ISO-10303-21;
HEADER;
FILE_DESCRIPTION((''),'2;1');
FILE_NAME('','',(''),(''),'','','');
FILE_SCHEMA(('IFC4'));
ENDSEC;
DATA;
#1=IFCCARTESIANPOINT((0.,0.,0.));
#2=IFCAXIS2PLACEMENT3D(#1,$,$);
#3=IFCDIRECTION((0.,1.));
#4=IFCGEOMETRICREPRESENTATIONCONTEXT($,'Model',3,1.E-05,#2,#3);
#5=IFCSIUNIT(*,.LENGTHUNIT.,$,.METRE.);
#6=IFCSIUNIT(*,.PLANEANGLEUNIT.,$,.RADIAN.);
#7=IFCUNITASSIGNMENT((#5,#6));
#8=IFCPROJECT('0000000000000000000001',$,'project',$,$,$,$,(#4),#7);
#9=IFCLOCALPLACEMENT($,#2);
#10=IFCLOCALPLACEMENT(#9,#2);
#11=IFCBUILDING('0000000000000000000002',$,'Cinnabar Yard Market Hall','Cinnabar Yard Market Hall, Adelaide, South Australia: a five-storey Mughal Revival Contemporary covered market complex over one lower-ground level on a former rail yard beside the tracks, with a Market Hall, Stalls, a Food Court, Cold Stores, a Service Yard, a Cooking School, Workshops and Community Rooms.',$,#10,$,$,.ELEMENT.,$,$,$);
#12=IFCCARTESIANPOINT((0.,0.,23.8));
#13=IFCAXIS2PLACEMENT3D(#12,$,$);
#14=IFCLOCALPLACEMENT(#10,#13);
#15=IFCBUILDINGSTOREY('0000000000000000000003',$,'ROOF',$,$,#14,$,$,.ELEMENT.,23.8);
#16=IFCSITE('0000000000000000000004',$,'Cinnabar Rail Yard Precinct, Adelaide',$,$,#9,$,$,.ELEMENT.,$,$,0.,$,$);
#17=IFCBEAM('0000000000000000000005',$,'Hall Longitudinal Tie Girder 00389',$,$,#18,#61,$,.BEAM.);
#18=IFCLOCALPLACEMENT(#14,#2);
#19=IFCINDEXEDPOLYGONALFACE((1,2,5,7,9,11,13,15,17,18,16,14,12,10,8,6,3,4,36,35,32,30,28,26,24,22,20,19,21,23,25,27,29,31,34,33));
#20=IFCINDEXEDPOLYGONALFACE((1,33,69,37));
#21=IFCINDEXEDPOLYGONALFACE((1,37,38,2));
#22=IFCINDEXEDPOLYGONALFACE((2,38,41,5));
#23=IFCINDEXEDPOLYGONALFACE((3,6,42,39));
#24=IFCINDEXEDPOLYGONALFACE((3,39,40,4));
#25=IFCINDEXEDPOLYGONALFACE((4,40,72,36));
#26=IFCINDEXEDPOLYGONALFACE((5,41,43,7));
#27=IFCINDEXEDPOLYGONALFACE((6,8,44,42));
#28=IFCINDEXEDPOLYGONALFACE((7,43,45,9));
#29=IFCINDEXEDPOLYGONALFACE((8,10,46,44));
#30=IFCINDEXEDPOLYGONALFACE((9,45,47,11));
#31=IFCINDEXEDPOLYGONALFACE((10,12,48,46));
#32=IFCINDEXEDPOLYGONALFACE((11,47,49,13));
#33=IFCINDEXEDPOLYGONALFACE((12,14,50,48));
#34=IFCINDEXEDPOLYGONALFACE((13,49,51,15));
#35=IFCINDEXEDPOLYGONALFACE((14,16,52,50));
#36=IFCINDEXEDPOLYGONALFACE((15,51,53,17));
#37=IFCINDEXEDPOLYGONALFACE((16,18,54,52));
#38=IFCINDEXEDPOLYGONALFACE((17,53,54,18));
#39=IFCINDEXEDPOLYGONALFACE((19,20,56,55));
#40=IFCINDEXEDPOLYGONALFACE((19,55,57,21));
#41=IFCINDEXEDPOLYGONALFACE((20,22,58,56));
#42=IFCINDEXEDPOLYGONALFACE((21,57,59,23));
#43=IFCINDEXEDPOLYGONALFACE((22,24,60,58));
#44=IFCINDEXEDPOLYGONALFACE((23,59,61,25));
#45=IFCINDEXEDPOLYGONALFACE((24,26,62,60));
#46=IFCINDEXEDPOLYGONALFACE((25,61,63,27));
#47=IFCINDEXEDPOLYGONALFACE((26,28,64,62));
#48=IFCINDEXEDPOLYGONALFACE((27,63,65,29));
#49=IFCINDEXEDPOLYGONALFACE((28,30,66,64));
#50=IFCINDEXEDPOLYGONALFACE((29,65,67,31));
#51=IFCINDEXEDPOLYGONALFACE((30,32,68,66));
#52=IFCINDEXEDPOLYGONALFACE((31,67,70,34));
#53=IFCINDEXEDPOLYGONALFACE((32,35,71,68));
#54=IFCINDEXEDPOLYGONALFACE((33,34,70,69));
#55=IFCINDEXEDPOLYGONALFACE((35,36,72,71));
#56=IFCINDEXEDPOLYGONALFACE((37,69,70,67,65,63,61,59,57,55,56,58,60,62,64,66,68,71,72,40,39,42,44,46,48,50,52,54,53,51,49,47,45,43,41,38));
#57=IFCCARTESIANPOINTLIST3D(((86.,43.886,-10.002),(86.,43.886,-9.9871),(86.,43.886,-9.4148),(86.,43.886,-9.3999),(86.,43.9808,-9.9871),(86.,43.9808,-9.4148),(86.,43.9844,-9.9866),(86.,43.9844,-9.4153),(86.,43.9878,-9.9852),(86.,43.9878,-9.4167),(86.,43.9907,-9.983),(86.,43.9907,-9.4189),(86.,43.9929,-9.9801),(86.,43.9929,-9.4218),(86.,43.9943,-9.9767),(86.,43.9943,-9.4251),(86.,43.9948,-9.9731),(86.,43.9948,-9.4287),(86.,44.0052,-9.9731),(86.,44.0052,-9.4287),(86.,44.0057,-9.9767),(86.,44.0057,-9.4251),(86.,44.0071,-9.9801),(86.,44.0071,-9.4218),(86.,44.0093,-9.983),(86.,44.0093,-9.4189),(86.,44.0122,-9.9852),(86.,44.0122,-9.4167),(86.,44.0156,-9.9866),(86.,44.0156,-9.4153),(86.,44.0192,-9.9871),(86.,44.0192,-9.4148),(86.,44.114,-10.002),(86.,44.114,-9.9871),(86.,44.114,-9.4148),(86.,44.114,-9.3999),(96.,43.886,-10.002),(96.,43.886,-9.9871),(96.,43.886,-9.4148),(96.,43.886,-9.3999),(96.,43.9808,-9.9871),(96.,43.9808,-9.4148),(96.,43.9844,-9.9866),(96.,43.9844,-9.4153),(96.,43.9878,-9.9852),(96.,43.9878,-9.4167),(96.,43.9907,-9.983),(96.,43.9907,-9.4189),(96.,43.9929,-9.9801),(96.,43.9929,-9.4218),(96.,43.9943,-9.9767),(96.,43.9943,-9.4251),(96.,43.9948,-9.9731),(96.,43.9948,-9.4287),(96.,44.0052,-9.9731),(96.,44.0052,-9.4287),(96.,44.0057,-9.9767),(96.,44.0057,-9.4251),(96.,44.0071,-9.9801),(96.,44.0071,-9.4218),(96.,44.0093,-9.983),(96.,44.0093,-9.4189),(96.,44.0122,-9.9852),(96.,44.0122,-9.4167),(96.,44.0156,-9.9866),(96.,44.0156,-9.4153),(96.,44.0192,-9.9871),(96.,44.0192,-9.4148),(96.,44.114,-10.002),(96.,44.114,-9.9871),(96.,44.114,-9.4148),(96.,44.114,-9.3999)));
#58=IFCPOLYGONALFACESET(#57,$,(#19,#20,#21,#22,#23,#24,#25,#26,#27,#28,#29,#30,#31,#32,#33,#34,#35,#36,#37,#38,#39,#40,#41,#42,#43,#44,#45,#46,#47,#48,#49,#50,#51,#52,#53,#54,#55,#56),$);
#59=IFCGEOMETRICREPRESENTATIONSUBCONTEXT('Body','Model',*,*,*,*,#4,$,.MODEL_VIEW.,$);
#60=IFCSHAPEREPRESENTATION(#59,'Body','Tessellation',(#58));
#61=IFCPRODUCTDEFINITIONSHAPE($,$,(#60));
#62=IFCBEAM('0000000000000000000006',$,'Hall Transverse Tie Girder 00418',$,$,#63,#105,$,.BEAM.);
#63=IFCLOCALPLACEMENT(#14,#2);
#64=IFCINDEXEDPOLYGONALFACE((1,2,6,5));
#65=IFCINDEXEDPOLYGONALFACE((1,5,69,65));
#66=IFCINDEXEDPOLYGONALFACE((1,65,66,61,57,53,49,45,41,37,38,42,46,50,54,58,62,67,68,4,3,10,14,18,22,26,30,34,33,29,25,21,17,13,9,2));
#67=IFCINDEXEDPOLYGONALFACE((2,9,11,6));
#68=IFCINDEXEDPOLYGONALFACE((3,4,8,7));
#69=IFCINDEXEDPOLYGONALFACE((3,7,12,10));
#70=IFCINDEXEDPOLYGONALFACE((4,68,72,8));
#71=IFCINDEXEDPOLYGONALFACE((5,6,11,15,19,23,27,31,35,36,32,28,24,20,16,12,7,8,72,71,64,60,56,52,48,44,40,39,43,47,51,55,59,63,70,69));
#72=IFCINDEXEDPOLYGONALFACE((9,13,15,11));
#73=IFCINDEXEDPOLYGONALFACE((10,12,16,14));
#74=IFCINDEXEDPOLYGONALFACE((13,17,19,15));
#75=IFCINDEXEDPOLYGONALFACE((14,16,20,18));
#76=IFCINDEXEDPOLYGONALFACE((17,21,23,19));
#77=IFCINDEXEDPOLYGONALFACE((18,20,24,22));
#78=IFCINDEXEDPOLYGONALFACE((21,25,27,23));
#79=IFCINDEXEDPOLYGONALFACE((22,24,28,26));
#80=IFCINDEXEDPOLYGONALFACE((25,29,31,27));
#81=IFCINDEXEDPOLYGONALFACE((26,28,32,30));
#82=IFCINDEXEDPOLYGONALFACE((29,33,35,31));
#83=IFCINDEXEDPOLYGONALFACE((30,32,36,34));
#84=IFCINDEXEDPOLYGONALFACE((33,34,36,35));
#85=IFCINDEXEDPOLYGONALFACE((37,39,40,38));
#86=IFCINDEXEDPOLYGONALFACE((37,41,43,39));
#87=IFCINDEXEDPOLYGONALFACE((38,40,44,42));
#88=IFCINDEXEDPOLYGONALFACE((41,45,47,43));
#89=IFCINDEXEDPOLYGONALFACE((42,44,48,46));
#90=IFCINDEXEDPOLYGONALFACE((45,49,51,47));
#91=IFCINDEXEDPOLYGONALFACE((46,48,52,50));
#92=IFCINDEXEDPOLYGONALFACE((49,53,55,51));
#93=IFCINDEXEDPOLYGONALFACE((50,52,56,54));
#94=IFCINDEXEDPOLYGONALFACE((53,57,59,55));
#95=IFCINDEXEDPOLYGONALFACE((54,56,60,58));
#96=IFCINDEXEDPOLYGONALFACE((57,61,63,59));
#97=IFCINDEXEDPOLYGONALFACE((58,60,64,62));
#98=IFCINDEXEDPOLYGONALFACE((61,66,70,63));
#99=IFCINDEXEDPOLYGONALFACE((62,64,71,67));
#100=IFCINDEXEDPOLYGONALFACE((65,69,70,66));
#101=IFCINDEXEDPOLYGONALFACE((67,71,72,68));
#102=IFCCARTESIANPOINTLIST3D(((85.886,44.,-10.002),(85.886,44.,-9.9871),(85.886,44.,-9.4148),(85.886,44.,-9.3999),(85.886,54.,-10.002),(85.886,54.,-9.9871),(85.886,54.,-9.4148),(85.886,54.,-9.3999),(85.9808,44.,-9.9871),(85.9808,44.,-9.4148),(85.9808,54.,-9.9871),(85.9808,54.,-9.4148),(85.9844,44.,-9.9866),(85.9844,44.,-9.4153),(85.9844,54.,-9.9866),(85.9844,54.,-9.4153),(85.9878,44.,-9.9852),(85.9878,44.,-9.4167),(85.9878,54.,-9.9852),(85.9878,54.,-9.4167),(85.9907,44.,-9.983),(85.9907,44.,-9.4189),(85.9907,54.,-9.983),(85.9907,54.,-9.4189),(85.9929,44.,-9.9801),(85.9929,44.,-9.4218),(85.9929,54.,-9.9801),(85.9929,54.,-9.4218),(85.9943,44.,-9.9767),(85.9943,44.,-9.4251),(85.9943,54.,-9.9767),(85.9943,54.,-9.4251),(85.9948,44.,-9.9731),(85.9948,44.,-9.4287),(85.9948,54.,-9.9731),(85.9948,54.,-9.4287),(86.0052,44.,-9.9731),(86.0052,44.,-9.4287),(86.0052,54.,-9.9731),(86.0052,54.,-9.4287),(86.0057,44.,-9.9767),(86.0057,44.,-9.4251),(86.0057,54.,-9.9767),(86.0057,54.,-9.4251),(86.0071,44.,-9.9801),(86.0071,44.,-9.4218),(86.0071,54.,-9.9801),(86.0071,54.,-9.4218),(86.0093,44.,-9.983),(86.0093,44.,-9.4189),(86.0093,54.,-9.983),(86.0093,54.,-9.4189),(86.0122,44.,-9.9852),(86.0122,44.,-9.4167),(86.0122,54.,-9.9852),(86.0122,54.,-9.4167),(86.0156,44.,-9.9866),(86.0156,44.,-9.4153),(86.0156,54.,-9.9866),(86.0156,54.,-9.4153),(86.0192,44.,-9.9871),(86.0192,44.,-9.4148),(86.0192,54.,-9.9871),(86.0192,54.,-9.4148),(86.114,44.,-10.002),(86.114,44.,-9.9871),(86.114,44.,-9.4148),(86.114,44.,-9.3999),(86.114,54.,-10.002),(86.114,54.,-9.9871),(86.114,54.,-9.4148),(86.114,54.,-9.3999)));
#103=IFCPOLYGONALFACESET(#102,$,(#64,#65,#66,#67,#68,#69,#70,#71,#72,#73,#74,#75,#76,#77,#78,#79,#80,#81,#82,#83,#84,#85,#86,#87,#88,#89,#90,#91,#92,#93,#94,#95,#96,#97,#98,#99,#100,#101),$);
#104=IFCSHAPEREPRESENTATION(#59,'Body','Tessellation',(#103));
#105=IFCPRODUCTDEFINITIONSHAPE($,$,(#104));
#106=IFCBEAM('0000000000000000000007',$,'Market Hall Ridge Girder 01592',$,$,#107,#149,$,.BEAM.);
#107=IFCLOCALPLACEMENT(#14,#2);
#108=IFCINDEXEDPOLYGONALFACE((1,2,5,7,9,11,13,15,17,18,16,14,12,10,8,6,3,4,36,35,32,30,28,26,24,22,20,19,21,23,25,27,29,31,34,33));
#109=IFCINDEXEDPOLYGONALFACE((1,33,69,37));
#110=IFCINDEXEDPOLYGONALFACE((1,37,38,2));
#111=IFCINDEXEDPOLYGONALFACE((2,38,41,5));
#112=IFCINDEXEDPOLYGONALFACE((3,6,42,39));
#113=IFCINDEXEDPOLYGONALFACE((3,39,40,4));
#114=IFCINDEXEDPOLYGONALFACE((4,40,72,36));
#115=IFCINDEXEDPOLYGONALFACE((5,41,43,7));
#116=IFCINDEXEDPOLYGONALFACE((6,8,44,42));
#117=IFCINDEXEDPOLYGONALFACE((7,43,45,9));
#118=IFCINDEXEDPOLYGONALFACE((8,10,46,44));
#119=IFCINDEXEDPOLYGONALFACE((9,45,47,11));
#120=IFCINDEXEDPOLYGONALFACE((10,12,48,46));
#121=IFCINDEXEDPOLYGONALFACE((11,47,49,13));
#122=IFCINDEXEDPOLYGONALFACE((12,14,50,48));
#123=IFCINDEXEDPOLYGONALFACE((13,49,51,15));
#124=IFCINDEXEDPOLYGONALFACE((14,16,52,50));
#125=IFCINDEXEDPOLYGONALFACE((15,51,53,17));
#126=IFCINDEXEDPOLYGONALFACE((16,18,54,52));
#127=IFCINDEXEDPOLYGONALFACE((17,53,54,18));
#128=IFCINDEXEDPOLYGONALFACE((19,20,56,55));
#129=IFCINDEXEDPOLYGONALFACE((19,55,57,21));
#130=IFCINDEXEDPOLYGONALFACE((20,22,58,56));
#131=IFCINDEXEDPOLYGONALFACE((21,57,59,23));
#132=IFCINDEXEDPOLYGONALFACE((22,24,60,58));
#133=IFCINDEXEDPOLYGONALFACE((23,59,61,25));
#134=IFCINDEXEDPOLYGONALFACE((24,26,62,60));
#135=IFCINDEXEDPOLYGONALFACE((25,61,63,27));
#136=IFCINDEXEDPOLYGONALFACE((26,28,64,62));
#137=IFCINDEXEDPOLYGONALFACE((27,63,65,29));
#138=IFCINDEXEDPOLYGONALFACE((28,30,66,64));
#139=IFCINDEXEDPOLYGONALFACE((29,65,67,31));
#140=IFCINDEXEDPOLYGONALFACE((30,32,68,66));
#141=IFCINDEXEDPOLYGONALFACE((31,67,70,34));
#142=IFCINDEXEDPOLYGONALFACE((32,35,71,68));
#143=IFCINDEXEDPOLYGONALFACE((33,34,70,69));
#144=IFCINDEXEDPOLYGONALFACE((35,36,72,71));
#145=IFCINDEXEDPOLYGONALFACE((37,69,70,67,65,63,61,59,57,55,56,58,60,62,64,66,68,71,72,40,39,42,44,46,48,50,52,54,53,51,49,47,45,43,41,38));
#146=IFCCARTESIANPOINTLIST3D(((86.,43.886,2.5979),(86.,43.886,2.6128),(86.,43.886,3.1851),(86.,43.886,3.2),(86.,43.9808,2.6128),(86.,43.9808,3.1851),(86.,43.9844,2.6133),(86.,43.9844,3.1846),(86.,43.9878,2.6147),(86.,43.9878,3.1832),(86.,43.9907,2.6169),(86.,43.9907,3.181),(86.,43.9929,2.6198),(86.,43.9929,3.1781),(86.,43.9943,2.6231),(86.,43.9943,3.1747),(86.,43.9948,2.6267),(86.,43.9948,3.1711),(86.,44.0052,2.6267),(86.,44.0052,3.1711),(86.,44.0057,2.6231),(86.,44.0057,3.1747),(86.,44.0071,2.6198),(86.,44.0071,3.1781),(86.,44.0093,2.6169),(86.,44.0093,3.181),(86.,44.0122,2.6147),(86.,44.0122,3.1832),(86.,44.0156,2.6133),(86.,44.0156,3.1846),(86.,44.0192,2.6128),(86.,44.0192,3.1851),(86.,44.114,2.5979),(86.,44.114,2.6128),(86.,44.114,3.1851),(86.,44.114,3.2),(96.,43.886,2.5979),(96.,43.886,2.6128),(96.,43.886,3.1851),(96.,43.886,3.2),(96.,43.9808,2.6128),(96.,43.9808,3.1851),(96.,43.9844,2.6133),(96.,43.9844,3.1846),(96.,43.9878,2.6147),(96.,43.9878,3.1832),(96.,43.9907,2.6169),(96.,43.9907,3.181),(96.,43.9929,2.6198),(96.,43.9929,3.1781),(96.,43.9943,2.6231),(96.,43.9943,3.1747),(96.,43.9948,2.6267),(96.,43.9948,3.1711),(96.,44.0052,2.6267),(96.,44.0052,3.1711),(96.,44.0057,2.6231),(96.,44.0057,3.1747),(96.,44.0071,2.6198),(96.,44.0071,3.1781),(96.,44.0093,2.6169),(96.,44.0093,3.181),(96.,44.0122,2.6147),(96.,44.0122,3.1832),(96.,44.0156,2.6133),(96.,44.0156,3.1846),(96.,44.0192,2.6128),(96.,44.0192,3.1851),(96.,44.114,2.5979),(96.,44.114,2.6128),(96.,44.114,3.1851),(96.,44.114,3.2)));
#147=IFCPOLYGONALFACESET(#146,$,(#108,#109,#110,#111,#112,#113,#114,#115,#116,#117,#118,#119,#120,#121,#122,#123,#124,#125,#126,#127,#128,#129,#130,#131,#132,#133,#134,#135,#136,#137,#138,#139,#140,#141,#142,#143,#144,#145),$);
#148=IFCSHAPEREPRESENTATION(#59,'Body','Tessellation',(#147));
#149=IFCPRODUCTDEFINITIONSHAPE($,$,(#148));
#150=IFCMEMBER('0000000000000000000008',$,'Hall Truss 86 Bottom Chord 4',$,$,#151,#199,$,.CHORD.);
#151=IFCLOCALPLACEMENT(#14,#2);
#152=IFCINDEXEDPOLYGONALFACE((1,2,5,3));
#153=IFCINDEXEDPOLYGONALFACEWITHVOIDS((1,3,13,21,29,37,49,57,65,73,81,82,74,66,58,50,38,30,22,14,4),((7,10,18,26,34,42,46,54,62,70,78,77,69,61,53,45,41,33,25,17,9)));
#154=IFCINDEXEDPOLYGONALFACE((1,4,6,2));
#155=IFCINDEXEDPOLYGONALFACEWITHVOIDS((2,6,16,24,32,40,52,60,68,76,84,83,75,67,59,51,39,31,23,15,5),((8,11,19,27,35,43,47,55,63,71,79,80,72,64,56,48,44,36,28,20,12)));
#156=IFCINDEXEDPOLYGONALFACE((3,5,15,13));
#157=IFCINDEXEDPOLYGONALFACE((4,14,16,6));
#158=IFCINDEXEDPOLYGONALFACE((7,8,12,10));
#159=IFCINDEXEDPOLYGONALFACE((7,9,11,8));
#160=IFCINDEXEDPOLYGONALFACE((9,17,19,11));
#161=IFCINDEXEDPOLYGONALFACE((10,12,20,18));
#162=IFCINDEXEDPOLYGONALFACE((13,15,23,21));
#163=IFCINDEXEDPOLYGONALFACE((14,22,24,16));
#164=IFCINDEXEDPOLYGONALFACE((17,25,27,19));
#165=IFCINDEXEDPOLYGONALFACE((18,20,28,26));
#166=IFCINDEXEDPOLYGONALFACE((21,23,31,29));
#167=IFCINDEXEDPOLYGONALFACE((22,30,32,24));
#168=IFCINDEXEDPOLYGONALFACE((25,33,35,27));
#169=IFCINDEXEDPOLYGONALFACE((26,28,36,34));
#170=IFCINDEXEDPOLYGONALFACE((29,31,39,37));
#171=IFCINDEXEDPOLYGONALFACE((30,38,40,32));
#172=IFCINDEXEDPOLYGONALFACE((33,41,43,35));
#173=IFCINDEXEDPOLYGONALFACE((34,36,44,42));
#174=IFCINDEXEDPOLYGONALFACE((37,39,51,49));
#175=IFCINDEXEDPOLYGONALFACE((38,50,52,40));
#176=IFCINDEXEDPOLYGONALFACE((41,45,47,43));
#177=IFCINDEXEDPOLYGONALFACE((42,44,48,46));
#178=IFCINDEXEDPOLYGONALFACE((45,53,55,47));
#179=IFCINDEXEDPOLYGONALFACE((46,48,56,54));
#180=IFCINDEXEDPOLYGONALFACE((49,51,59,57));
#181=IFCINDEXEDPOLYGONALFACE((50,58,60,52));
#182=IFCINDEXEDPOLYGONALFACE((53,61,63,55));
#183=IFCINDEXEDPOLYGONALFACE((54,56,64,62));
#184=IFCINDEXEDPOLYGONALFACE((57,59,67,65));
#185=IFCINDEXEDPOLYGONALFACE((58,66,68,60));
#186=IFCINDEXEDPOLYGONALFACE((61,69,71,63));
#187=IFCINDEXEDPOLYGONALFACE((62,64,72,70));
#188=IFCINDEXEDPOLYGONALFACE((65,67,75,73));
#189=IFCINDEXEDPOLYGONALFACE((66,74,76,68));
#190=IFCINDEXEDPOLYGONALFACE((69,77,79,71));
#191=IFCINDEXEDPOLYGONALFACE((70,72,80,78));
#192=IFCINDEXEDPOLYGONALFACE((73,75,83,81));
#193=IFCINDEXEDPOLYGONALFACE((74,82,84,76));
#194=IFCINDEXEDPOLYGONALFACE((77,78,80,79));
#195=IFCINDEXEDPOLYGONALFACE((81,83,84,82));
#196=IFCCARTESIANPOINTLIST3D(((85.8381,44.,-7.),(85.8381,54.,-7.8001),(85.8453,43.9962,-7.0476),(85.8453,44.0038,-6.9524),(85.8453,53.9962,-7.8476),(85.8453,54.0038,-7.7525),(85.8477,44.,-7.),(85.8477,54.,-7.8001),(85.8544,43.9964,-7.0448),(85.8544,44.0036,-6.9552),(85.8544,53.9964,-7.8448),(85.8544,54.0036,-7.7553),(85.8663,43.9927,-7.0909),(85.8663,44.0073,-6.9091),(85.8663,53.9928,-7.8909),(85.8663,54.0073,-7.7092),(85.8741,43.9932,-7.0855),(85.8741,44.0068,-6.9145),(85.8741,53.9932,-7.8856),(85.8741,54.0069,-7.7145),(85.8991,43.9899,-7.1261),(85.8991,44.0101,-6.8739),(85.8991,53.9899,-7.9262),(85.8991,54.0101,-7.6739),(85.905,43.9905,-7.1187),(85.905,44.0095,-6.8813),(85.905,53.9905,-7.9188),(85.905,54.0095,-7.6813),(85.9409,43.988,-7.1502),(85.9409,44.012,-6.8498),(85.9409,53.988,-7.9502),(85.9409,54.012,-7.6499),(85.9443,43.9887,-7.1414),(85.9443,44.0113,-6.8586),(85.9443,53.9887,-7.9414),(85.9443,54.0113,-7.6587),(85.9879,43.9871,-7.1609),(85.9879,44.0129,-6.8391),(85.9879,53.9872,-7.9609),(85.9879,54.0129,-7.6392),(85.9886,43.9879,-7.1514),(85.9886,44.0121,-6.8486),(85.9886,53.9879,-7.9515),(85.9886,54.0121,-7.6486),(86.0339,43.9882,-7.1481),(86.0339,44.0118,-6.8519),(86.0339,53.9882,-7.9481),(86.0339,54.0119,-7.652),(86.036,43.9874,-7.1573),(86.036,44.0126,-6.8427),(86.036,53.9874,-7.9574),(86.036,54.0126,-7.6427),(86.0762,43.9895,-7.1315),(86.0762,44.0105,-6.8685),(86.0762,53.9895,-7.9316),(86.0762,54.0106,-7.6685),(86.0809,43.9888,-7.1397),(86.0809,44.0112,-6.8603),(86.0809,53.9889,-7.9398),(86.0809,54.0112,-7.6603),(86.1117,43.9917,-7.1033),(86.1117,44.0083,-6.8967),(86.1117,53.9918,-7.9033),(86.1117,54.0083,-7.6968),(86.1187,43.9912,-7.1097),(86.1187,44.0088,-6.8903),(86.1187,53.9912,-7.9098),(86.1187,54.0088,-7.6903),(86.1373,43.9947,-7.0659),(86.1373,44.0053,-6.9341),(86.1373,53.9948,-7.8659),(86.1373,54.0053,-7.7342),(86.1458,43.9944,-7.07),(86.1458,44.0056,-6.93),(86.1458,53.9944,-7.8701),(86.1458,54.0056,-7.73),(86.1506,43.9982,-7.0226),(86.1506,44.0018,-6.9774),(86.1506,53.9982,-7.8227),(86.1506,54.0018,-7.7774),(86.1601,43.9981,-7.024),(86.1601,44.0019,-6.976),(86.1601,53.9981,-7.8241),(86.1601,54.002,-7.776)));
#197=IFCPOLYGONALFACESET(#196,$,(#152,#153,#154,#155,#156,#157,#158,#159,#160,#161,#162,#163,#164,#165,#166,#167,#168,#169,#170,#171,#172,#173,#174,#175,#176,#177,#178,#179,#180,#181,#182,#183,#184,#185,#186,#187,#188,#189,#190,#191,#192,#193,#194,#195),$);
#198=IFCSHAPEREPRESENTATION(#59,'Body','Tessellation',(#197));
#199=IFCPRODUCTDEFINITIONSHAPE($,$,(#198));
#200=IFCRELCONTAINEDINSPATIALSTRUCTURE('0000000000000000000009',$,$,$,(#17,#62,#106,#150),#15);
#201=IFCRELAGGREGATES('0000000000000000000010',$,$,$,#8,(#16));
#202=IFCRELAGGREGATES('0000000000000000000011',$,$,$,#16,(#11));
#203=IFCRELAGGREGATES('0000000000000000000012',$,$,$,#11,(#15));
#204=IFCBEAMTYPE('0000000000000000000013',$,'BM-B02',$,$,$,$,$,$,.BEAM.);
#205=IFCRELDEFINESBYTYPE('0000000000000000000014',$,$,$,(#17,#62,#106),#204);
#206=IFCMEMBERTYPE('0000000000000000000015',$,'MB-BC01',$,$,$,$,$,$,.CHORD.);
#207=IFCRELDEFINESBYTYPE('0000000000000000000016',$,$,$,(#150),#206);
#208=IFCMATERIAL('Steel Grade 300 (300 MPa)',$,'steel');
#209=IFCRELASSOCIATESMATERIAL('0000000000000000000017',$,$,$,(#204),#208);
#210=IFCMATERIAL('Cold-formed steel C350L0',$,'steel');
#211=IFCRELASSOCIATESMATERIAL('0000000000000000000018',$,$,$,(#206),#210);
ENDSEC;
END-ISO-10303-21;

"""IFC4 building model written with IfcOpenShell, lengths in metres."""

from ifc_helpers import new_model, si_unit, direction, frame, origin, origin_2d_with_axis, place, context, subcontext, project, spatial, hollow_circle, i_section, extrude, material, material_profile, profile_set, type_object, element, save


model = new_model("IFC4")

# Units and contexts
model_context = context("Model", 3, precision=1e-05, world=origin(), true_north=direction((0.0, 1.0)))
body_context = subcontext(model_context, "Body", "Model", "MODEL_VIEW")
ifc_project = project(units=[si_unit("LENGTHUNIT", "METRE"), si_unit("PLANEANGLEUNIT", "RADIAN")], contexts=[model_context])

# Site, building, storey
site_placement = place(None, origin())
site = spatial("IfcSite", under=ifc_project, at=site_placement, Name="Cinnabar Rail Yard Precinct, Adelaide", CompositionType="ELEMENT", RefElevation=0.0)
building_placement = place(site_placement, origin())
building = spatial("IfcBuilding", under=site, at=building_placement, Name="Cinnabar Yard Market Hall", Description="Cinnabar Yard Market Hall, Adelaide, South Australia: a five-storey Mughal Revival Contemporary covered market complex over one lower-ground level on a former rail yard beside the tracks, with a Market Hall, Stalls, a Food Court, Cold Stores, a Service Yard, a Cooking School, Workshops and Community Rooms.", CompositionType="ELEMENT")
storey_placement = place(building_placement, frame((0.0, 0.0, 23.8)))
storey = spatial("IfcBuildingStorey", under=building, at=storey_placement, Name="ROOF", CompositionType="ELEMENT", Elevation=23.8)

# Beams
ifc_material_1 = material(Name="Steel Grade 300 (300 MPa)", Category="steel")
ifc_material_profile_1 = material_profile(ifc_material_1, i_section(OverallWidth=0.228, OverallDepth=0.6021, WebThickness=0.0105, FlangeThickness=0.0149, FilletRadius=0.0139, at=origin_2d_with_axis()), Name="610UB101")
ifc_profile_set_1 = profile_set([ifc_material_profile_1], Name="Steel Grade 300 (300 MPa)")
beam_type = type_object("IfcBeamType", Name="BM-B02", PredefinedType="BEAM", material=ifc_profile_set_1)
for number, where, z_axis, x_axis, name in (
    (1, (86.0, 44.0, -9.7009), (1.0, 0.0, 0.0), (0.0, 1.0, 0.0), "Hall Longitudinal Tie Girder 00389"),
    (2, (86.0, 44.0, -9.7009), (0.0, 1.0, 0.0), (-1.0, 0.0, 0.0), "Hall Transverse Tie Girder 00418"),
    (3, (86.0, 44.0, 2.8989), (1.0, 0.0, 0.0), (0.0, 1.0, 0.0), "Market Hall Ridge Girder 01592"),
):
    element("IfcBeam", number, at=place(storey_placement, frame(where, z_axis=z_axis, x_axis=x_axis)), inside=storey, type_object=beam_type, Name=name, PredefinedType="BEAM", context=body_context, shape_type="SweptSolid", body=[
        extrude(i_section(OverallWidth=0.228, OverallDepth=0.6021, WebThickness=0.0105, FlangeThickness=0.0149, FilletRadius=0.0139, at=origin_2d_with_axis()), origin(), (0.0, 0.0, 1.0), 10.0),
    ])

# Member
ifc_material_2 = material(Name="Cold-formed steel C350L0", Category="steel")
ifc_material_profile_2 = material_profile(ifc_material_2, hollow_circle(Radius=0.1619, WallThickness=0.0095, at=origin_2d_with_axis()), Name="323.9x9.5CHS")
ifc_profile_set_2 = profile_set([ifc_material_profile_2], Name="Cold-formed steel C350L0")
member_type_1 = type_object("IfcMemberType", Name="MB-BC01", PredefinedType="CHORD", material=ifc_profile_set_2)
member_1_placement = place(storey_placement, frame((86.0, 44.0, -7.0), z_axis=(0.0, 0.996815, -0.07975), x_axis=(-1.0, 0.0, 0.0)))
element("IfcMember", 4, at=member_1_placement, inside=storey, type_object=member_type_1, Name="Hall Truss 86 Bottom Chord 4", PredefinedType="CHORD", context=body_context, shape_type="SweptSolid", body=[
    extrude(hollow_circle(Radius=0.1619, WallThickness=0.0095, at=origin_2d_with_axis()), origin(), (0.0, 0.0, 1.0), 10.032),
])

save(model, "model.ifc")
